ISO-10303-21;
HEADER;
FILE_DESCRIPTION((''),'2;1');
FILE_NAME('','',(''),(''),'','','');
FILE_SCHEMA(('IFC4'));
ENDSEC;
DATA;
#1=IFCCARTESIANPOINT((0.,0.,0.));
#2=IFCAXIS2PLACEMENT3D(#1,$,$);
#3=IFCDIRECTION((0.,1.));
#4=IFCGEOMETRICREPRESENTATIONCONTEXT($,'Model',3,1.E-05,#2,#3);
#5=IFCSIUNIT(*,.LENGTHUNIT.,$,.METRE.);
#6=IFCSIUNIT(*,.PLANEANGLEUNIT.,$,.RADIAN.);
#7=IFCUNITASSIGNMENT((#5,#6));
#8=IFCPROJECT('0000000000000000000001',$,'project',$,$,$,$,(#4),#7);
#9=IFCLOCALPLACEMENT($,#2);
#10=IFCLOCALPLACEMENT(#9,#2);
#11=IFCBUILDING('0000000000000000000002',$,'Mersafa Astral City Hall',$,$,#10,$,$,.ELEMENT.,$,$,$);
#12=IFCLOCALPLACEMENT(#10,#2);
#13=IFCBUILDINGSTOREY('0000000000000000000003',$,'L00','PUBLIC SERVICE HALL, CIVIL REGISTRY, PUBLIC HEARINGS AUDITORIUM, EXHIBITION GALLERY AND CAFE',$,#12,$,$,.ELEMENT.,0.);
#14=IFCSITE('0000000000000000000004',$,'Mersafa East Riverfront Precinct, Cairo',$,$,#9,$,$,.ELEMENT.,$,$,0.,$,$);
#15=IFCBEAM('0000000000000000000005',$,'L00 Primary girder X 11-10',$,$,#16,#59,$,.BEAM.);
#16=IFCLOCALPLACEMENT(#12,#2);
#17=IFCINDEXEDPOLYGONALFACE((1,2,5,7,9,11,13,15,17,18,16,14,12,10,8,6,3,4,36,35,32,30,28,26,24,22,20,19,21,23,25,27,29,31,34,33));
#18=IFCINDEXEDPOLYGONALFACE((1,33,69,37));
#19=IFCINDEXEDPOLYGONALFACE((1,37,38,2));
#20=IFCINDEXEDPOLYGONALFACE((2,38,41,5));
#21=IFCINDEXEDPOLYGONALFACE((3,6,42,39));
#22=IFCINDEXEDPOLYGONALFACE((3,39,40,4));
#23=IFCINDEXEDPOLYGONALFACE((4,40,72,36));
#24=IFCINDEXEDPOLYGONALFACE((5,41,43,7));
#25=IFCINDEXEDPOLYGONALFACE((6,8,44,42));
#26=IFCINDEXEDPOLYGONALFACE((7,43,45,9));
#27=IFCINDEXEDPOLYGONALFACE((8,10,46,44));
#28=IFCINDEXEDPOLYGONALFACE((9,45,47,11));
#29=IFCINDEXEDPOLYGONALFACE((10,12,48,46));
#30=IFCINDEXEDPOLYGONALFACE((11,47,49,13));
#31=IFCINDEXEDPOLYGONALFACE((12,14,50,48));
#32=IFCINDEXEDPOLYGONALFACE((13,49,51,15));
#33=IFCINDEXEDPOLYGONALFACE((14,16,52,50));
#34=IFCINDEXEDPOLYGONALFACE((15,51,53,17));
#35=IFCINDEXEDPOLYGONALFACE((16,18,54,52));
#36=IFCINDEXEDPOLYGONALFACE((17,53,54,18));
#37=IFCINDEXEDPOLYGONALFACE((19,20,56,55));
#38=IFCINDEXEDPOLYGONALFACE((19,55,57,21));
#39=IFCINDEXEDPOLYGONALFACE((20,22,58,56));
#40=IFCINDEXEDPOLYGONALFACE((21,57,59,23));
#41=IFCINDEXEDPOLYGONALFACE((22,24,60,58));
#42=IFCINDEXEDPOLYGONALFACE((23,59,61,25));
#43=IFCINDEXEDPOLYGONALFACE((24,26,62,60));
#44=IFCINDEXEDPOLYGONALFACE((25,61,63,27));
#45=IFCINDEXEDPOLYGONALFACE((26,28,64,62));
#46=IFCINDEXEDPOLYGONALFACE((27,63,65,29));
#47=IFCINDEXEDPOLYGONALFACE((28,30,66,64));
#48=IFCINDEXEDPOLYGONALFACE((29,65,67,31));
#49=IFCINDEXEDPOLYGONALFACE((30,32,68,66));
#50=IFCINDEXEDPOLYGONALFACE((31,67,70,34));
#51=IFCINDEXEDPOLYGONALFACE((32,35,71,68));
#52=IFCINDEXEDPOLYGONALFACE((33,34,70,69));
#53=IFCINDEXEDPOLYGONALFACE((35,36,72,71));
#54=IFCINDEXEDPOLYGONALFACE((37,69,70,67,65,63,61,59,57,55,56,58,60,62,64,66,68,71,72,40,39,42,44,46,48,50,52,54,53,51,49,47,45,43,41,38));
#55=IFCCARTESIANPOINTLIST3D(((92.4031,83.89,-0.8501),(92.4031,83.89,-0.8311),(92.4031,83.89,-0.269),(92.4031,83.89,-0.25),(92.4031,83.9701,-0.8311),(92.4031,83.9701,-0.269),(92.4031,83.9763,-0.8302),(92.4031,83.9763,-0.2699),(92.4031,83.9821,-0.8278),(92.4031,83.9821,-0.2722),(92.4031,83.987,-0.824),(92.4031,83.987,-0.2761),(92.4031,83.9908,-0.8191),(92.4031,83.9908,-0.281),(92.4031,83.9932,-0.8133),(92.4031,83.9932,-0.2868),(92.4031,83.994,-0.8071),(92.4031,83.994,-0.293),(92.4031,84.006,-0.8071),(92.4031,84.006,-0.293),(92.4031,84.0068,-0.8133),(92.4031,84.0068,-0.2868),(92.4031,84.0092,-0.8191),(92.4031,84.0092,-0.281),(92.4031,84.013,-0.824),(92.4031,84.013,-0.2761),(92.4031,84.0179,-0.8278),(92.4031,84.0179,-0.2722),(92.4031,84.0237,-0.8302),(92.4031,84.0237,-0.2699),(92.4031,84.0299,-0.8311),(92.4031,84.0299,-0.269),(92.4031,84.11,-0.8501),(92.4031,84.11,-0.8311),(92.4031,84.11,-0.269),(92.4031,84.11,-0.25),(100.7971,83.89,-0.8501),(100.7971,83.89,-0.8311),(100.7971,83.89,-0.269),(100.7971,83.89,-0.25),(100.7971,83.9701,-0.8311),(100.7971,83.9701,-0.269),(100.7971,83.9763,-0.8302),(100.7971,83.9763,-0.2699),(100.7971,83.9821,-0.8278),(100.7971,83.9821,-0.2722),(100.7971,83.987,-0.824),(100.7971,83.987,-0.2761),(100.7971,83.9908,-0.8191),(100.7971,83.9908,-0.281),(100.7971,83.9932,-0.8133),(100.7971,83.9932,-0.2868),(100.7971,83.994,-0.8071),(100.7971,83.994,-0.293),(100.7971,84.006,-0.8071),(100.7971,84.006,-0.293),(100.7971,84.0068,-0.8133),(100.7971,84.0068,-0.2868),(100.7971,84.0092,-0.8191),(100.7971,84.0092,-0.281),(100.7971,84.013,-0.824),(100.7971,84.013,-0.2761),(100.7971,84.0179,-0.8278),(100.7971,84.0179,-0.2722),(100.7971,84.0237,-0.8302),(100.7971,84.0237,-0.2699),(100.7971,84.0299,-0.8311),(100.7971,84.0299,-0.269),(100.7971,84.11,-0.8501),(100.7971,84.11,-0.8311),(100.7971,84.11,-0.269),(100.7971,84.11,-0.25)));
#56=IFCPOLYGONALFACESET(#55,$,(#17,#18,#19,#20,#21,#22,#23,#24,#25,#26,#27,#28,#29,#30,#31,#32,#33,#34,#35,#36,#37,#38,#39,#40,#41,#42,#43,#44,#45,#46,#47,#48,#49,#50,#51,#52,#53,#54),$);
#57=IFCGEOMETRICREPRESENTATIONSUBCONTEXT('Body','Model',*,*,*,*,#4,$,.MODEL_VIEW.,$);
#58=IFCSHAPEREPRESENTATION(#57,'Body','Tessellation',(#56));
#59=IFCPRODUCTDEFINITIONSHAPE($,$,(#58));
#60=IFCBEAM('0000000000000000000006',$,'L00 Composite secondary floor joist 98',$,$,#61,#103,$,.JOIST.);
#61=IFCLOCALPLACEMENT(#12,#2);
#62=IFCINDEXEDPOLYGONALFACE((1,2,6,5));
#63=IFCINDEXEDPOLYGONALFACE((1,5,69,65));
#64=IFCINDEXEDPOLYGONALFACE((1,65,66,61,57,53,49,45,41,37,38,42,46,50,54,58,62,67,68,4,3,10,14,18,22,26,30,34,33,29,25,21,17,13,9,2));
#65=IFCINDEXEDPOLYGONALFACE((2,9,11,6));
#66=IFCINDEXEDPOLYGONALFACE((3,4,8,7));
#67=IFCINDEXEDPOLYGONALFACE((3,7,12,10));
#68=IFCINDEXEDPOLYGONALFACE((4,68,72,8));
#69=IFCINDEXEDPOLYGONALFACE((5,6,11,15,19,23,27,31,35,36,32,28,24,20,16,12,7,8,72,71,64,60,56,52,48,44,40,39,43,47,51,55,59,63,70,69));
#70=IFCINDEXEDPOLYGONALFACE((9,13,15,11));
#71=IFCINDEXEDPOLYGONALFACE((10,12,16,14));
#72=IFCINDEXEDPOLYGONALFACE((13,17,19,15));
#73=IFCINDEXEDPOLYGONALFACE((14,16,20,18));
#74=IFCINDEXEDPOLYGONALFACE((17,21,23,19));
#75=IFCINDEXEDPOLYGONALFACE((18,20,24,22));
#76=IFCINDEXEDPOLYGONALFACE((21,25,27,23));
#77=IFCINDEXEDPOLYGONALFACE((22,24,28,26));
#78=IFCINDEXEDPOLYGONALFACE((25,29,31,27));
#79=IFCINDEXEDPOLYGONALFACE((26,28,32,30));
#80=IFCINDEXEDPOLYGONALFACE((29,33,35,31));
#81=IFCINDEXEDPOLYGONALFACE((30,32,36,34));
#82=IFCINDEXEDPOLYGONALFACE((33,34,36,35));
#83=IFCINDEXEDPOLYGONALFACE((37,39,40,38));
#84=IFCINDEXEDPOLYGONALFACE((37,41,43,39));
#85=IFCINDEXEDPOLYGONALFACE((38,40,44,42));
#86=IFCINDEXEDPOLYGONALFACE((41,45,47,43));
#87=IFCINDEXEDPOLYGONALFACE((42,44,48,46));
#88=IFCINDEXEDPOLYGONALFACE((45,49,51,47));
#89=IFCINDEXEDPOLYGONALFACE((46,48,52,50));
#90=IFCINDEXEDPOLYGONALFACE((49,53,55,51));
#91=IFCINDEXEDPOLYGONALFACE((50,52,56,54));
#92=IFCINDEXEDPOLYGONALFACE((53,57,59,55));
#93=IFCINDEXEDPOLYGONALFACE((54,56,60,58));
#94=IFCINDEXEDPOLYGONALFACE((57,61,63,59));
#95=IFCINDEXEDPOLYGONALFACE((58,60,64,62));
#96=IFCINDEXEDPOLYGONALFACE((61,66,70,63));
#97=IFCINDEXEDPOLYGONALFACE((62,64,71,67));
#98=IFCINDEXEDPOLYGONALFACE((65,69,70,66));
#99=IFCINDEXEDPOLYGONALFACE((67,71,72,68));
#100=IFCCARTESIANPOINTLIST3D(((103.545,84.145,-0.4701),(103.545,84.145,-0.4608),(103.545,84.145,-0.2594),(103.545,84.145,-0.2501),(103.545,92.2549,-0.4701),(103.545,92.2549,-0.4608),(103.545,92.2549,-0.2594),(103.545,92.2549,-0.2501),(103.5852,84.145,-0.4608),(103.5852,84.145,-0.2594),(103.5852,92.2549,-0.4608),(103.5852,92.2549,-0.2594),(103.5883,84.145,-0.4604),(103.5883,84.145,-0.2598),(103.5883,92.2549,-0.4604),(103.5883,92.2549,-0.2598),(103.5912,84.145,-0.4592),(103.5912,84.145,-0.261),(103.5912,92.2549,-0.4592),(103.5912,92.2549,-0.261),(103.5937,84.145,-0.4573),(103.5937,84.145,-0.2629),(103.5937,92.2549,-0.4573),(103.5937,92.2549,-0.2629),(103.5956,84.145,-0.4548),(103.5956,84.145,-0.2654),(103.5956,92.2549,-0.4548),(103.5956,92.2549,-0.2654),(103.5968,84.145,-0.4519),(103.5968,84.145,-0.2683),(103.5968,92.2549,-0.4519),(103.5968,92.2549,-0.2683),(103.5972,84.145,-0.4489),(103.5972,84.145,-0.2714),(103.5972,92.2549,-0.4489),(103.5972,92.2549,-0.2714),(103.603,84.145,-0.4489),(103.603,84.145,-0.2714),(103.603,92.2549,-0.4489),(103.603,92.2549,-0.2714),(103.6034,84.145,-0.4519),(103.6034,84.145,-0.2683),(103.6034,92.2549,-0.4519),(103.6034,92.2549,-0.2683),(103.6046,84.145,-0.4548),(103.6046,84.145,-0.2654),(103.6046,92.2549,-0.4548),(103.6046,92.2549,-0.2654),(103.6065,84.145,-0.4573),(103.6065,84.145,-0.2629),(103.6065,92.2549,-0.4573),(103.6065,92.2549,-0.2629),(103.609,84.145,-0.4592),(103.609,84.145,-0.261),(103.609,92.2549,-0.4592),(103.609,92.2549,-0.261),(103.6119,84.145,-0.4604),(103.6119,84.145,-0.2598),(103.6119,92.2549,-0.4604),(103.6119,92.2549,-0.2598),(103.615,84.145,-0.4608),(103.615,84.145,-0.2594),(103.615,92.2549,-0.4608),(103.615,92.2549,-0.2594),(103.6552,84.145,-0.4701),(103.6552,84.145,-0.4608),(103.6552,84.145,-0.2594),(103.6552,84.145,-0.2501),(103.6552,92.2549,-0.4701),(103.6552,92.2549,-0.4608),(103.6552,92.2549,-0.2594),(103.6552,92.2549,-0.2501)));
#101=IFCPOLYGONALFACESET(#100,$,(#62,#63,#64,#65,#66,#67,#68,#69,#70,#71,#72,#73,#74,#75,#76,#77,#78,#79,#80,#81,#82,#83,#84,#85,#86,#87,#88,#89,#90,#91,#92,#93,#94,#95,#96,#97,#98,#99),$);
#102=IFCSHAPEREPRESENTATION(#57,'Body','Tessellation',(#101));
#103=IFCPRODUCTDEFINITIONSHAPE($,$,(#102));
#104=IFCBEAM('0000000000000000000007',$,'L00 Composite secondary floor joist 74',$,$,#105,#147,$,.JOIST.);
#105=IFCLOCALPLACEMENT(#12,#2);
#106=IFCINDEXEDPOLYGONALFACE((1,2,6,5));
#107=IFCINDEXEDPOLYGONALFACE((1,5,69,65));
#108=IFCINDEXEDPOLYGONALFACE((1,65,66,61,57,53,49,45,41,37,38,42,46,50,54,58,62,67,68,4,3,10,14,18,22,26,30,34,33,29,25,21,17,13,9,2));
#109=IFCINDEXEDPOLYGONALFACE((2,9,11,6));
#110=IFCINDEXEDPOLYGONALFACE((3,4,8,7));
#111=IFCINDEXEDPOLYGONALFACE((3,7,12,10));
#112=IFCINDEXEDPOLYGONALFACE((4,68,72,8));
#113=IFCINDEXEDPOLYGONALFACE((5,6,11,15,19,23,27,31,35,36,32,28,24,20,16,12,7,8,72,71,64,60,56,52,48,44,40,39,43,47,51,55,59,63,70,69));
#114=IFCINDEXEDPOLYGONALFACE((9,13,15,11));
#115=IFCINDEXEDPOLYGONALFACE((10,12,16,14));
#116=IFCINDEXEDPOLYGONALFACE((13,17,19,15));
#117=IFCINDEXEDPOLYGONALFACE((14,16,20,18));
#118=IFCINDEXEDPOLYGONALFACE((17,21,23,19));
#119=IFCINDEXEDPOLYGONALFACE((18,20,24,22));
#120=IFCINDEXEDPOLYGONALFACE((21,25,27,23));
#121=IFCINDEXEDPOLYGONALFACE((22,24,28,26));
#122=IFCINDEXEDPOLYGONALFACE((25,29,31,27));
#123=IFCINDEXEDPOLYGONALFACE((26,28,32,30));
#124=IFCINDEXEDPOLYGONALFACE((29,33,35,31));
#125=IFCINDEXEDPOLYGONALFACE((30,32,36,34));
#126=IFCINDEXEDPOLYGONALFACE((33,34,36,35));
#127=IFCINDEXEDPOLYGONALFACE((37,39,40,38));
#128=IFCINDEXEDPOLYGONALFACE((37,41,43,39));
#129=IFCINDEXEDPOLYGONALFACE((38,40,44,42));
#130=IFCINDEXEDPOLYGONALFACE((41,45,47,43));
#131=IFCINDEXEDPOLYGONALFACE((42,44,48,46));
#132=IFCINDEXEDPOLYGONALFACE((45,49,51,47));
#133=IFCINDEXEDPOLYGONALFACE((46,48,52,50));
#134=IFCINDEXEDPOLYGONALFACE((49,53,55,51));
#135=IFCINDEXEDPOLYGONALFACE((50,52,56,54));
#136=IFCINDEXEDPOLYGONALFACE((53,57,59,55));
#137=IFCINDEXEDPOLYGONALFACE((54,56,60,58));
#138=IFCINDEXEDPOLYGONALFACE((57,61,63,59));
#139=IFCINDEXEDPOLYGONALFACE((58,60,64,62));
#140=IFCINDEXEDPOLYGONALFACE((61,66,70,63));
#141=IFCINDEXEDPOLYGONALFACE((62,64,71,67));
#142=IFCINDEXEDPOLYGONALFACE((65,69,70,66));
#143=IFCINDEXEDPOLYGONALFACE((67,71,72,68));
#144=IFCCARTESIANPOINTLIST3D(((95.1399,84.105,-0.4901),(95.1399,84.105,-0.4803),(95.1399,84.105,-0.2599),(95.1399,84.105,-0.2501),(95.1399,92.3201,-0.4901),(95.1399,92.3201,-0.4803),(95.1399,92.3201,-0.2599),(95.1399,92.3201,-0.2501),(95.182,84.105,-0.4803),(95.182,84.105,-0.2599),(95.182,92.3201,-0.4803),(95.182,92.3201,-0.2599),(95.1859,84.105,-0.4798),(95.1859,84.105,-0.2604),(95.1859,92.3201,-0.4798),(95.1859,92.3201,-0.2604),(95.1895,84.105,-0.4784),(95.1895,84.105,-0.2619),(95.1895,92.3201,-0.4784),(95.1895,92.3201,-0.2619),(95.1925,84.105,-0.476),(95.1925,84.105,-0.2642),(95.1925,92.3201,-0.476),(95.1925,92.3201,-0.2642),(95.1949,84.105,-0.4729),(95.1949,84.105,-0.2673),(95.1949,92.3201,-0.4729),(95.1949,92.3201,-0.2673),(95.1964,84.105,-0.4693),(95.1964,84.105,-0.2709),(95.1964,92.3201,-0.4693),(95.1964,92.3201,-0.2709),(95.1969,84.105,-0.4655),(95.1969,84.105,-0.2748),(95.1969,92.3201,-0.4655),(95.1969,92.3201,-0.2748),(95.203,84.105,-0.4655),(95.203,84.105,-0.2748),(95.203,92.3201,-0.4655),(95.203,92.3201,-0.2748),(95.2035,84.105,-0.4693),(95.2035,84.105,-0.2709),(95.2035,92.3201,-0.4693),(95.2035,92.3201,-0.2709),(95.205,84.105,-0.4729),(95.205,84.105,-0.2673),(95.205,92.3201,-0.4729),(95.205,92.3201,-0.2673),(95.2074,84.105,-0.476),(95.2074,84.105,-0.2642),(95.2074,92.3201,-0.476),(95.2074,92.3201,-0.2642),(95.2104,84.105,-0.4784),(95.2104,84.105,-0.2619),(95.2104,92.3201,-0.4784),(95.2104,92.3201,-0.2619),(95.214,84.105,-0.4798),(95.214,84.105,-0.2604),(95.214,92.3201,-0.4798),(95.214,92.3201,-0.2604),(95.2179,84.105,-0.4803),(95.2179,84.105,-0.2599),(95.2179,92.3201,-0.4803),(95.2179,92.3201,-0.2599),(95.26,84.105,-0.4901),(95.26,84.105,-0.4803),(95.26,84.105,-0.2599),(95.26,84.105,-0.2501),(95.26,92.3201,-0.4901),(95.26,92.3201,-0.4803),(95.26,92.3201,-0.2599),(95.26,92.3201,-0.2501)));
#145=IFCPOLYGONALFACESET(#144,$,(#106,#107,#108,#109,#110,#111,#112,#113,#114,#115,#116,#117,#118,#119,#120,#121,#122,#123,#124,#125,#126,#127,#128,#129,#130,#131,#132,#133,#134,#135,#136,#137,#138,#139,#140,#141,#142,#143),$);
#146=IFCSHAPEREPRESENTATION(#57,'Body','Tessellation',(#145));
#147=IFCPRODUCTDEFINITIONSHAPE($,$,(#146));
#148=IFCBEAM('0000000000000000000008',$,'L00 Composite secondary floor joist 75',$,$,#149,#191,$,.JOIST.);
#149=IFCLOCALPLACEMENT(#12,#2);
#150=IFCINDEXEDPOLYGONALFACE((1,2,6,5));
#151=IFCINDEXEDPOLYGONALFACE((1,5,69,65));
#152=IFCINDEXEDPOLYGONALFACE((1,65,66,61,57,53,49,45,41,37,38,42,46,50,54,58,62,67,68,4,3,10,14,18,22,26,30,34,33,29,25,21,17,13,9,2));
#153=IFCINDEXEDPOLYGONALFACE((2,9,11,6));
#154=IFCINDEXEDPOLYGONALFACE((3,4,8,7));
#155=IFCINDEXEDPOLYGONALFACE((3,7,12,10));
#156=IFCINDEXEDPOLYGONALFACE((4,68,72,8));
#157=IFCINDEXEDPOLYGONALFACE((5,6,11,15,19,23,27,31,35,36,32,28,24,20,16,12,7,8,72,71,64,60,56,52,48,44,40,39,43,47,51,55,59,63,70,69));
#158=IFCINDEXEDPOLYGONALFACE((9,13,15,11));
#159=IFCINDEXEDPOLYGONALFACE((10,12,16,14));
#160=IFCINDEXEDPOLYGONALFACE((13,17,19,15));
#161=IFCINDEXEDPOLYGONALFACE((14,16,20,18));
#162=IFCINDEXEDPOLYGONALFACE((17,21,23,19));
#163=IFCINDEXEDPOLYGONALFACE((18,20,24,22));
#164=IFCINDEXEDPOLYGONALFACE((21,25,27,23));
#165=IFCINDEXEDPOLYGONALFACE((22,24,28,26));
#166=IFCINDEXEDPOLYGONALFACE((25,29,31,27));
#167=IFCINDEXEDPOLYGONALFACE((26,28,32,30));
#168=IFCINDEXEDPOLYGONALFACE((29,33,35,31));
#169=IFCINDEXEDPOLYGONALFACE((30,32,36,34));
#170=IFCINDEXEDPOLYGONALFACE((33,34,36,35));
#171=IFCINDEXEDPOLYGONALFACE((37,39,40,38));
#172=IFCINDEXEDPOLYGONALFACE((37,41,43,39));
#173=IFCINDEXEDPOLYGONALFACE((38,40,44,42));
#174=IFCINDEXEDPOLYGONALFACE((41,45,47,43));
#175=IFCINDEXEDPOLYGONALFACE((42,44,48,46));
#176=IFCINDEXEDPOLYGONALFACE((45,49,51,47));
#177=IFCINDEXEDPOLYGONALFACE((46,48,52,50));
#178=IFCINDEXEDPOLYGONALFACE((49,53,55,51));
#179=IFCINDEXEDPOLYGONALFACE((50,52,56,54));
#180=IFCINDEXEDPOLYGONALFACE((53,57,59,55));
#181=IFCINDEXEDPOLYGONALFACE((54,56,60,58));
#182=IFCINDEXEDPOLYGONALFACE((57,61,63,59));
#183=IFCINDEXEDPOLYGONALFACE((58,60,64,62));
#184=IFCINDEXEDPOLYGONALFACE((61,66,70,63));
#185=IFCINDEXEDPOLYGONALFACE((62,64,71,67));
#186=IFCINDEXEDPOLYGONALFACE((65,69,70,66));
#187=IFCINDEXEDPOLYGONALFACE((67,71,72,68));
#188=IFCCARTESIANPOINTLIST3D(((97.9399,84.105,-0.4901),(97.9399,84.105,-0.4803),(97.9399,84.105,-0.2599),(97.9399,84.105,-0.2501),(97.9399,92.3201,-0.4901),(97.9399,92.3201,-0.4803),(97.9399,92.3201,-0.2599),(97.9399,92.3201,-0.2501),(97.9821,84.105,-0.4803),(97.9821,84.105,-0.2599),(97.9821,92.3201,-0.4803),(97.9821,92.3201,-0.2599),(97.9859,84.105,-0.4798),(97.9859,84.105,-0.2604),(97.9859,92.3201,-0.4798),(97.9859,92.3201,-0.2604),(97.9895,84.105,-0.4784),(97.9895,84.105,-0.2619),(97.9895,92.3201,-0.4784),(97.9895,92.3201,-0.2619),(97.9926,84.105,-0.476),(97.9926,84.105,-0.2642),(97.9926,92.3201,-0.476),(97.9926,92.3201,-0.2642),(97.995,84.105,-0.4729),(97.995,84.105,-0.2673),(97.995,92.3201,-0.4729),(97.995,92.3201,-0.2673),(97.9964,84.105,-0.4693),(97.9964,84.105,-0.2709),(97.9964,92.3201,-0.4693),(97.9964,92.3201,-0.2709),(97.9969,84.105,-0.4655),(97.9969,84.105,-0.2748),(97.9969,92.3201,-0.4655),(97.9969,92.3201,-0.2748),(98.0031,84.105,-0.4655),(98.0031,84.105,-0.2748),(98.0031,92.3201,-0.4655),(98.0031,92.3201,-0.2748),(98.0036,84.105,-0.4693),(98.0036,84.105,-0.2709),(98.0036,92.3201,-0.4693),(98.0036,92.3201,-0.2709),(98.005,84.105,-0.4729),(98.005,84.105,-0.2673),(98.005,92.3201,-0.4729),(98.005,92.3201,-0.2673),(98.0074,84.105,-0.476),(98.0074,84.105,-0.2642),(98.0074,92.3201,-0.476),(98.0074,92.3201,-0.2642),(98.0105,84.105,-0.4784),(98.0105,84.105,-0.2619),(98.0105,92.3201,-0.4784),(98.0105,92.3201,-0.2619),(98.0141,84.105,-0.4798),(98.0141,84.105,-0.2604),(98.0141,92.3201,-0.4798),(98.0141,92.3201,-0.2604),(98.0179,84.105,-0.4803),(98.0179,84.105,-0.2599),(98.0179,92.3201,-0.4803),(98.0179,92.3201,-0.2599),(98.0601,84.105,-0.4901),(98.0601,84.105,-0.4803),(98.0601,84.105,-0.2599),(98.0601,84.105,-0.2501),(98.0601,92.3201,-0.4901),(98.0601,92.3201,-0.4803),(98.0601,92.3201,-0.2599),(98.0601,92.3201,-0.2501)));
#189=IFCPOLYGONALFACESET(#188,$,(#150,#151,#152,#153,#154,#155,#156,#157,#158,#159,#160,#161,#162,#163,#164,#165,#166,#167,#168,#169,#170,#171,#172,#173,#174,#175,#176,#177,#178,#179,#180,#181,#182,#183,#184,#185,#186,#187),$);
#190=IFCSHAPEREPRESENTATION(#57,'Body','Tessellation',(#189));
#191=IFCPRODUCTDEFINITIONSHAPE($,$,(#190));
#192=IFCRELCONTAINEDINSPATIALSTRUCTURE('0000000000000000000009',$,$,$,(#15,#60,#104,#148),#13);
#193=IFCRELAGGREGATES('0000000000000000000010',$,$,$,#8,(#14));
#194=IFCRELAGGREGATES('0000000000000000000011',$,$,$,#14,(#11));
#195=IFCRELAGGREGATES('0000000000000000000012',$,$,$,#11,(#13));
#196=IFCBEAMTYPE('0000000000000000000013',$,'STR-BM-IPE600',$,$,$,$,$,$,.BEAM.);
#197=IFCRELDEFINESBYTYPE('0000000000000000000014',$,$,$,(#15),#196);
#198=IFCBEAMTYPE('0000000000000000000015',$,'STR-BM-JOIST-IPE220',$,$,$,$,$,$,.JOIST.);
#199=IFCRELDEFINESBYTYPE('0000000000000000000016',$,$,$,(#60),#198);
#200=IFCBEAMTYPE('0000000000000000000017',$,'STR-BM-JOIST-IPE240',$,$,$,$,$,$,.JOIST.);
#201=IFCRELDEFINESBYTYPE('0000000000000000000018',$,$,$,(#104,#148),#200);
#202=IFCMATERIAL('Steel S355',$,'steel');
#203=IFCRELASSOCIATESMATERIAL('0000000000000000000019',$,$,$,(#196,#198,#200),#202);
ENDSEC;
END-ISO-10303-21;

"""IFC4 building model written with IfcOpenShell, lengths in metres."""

from ifc_helpers import new_model, si_unit, direction, frame, origin, origin_2d, place, context, subcontext, project, spatial, i_section, extrude, material, material_profile, profile_set, type_object, element, save


model = new_model("IFC4")

# Units and contexts
model_context = context("Model", 3, precision=1e-05, world=origin(), true_north=direction((0.0, 1.0)))
body_context = subcontext(model_context, "Body", "Model", "MODEL_VIEW")
ifc_project = project(units=[si_unit("LENGTHUNIT", "METRE"), si_unit("PLANEANGLEUNIT", "RADIAN")], contexts=[model_context])

# Site, building, storey
site_placement = place(None, origin())
site = spatial("IfcSite", under=ifc_project, at=site_placement, Name="Mersafa East Riverfront Precinct, Cairo", CompositionType="ELEMENT", RefElevation=0.0)
building_placement = place(site_placement, origin())
building = spatial("IfcBuilding", under=site, at=building_placement, Name="Mersafa Astral City Hall", CompositionType="ELEMENT")
storey_placement = place(building_placement, origin())
storey = spatial("IfcBuildingStorey", under=building, at=storey_placement, Name="L00", Description="PUBLIC SERVICE HALL, CIVIL REGISTRY, PUBLIC HEARINGS AUDITORIUM, EXHIBITION GALLERY AND CAFE", CompositionType="ELEMENT", Elevation=0.0)

# Shared definitions
ifc_material_1 = material(Name="Steel S355", Category="steel")

# Beams
ifc_material_profile_1 = material_profile(ifc_material_1, i_section(OverallWidth=0.22, OverallDepth=0.6001, WebThickness=0.012, FlangeThickness=0.019, FilletRadius=0.0239, at=origin_2d()), Name="IPE 600")
ifc_profile_set_1 = profile_set([ifc_material_profile_1], Name="Steel S355")
beam_type_1 = type_object("IfcBeamType", Name="STR-BM-IPE600", PredefinedType="BEAM", material=ifc_profile_set_1)
beam_1_placement = place(storey_placement, frame((92.4031, 84.0, -0.55), z_axis=(1.0, 0.0, 0.0), x_axis=(0.0, 1.0, 0.0)))
element("IfcBeam", 1, at=beam_1_placement, inside=storey, type_object=beam_type_1, Name="L00 Primary girder X 11-10", PredefinedType="BEAM", context=body_context, shape_type="SweptSolid", body=[
    extrude(i_section(OverallWidth=0.22, OverallDepth=0.6001, WebThickness=0.012, FlangeThickness=0.019, FilletRadius=0.0239, at=origin_2d()), origin(), (0.0, 0.0, 1.0), 8.394),
])
ifc_material_profile_2 = material_profile(ifc_material_1, i_section(OverallWidth=0.1101, OverallDepth=0.22, WebThickness=0.0059, FlangeThickness=0.0093, FilletRadius=0.012, at=origin_2d()), Name="IPE 220")
ifc_profile_set_2 = profile_set([ifc_material_profile_2], Name="Steel S355")
beam_type_2 = type_object("IfcBeamType", Name="STR-BM-JOIST-IPE220", PredefinedType="JOIST", material=ifc_profile_set_2)
beam_2_placement = place(storey_placement, frame((103.6001, 84.145, -0.3601), z_axis=(0.0, 1.0, 0.0), x_axis=(-1.0, 0.0, 0.0)))
element("IfcBeam", 2, at=beam_2_placement, inside=storey, type_object=beam_type_2, Name="L00 Composite secondary floor joist 98", PredefinedType="JOIST", context=body_context, shape_type="SweptSolid", body=[
    extrude(i_section(OverallWidth=0.1101, OverallDepth=0.22, WebThickness=0.0059, FlangeThickness=0.0093, FilletRadius=0.012, at=origin_2d()), origin(), (0.0, 0.0, 1.0), 8.1099),
])
ifc_material_profile_3 = material_profile(ifc_material_1, i_section(OverallWidth=0.1201, OverallDepth=0.24, WebThickness=0.0061, FlangeThickness=0.0098, FilletRadius=0.0149, at=origin_2d()), Name="IPE 240")
ifc_profile_set_3 = profile_set([ifc_material_profile_3], Name="Steel S355")
beam_type_3 = type_object("IfcBeamType", Name="STR-BM-JOIST-IPE240", PredefinedType="JOIST", material=ifc_profile_set_3)
for number, where, z_axis, x_axis, name in (
    (3, (95.2, 84.105, -0.3701), (0.0, 1.0, 0.0), (-1.0, 0.0, 0.0), "L00 Composite secondary floor joist 74"),
    (4, (98.0, 84.105, -0.3701), (0.0, 1.0, 0.0), (-1.0, 0.0, 0.0), "L00 Composite secondary floor joist 75"),
):
    element("IfcBeam", number, at=place(storey_placement, frame(where, z_axis=z_axis, x_axis=x_axis)), inside=storey, type_object=beam_type_3, Name=name, PredefinedType="JOIST", context=body_context, shape_type="SweptSolid", body=[
        extrude(i_section(OverallWidth=0.1201, OverallDepth=0.24, WebThickness=0.0061, FlangeThickness=0.0098, FilletRadius=0.0149, at=origin_2d()), origin(), (0.0, 0.0, 1.0), 8.2151),
    ])

save(model, "model.ifc")
